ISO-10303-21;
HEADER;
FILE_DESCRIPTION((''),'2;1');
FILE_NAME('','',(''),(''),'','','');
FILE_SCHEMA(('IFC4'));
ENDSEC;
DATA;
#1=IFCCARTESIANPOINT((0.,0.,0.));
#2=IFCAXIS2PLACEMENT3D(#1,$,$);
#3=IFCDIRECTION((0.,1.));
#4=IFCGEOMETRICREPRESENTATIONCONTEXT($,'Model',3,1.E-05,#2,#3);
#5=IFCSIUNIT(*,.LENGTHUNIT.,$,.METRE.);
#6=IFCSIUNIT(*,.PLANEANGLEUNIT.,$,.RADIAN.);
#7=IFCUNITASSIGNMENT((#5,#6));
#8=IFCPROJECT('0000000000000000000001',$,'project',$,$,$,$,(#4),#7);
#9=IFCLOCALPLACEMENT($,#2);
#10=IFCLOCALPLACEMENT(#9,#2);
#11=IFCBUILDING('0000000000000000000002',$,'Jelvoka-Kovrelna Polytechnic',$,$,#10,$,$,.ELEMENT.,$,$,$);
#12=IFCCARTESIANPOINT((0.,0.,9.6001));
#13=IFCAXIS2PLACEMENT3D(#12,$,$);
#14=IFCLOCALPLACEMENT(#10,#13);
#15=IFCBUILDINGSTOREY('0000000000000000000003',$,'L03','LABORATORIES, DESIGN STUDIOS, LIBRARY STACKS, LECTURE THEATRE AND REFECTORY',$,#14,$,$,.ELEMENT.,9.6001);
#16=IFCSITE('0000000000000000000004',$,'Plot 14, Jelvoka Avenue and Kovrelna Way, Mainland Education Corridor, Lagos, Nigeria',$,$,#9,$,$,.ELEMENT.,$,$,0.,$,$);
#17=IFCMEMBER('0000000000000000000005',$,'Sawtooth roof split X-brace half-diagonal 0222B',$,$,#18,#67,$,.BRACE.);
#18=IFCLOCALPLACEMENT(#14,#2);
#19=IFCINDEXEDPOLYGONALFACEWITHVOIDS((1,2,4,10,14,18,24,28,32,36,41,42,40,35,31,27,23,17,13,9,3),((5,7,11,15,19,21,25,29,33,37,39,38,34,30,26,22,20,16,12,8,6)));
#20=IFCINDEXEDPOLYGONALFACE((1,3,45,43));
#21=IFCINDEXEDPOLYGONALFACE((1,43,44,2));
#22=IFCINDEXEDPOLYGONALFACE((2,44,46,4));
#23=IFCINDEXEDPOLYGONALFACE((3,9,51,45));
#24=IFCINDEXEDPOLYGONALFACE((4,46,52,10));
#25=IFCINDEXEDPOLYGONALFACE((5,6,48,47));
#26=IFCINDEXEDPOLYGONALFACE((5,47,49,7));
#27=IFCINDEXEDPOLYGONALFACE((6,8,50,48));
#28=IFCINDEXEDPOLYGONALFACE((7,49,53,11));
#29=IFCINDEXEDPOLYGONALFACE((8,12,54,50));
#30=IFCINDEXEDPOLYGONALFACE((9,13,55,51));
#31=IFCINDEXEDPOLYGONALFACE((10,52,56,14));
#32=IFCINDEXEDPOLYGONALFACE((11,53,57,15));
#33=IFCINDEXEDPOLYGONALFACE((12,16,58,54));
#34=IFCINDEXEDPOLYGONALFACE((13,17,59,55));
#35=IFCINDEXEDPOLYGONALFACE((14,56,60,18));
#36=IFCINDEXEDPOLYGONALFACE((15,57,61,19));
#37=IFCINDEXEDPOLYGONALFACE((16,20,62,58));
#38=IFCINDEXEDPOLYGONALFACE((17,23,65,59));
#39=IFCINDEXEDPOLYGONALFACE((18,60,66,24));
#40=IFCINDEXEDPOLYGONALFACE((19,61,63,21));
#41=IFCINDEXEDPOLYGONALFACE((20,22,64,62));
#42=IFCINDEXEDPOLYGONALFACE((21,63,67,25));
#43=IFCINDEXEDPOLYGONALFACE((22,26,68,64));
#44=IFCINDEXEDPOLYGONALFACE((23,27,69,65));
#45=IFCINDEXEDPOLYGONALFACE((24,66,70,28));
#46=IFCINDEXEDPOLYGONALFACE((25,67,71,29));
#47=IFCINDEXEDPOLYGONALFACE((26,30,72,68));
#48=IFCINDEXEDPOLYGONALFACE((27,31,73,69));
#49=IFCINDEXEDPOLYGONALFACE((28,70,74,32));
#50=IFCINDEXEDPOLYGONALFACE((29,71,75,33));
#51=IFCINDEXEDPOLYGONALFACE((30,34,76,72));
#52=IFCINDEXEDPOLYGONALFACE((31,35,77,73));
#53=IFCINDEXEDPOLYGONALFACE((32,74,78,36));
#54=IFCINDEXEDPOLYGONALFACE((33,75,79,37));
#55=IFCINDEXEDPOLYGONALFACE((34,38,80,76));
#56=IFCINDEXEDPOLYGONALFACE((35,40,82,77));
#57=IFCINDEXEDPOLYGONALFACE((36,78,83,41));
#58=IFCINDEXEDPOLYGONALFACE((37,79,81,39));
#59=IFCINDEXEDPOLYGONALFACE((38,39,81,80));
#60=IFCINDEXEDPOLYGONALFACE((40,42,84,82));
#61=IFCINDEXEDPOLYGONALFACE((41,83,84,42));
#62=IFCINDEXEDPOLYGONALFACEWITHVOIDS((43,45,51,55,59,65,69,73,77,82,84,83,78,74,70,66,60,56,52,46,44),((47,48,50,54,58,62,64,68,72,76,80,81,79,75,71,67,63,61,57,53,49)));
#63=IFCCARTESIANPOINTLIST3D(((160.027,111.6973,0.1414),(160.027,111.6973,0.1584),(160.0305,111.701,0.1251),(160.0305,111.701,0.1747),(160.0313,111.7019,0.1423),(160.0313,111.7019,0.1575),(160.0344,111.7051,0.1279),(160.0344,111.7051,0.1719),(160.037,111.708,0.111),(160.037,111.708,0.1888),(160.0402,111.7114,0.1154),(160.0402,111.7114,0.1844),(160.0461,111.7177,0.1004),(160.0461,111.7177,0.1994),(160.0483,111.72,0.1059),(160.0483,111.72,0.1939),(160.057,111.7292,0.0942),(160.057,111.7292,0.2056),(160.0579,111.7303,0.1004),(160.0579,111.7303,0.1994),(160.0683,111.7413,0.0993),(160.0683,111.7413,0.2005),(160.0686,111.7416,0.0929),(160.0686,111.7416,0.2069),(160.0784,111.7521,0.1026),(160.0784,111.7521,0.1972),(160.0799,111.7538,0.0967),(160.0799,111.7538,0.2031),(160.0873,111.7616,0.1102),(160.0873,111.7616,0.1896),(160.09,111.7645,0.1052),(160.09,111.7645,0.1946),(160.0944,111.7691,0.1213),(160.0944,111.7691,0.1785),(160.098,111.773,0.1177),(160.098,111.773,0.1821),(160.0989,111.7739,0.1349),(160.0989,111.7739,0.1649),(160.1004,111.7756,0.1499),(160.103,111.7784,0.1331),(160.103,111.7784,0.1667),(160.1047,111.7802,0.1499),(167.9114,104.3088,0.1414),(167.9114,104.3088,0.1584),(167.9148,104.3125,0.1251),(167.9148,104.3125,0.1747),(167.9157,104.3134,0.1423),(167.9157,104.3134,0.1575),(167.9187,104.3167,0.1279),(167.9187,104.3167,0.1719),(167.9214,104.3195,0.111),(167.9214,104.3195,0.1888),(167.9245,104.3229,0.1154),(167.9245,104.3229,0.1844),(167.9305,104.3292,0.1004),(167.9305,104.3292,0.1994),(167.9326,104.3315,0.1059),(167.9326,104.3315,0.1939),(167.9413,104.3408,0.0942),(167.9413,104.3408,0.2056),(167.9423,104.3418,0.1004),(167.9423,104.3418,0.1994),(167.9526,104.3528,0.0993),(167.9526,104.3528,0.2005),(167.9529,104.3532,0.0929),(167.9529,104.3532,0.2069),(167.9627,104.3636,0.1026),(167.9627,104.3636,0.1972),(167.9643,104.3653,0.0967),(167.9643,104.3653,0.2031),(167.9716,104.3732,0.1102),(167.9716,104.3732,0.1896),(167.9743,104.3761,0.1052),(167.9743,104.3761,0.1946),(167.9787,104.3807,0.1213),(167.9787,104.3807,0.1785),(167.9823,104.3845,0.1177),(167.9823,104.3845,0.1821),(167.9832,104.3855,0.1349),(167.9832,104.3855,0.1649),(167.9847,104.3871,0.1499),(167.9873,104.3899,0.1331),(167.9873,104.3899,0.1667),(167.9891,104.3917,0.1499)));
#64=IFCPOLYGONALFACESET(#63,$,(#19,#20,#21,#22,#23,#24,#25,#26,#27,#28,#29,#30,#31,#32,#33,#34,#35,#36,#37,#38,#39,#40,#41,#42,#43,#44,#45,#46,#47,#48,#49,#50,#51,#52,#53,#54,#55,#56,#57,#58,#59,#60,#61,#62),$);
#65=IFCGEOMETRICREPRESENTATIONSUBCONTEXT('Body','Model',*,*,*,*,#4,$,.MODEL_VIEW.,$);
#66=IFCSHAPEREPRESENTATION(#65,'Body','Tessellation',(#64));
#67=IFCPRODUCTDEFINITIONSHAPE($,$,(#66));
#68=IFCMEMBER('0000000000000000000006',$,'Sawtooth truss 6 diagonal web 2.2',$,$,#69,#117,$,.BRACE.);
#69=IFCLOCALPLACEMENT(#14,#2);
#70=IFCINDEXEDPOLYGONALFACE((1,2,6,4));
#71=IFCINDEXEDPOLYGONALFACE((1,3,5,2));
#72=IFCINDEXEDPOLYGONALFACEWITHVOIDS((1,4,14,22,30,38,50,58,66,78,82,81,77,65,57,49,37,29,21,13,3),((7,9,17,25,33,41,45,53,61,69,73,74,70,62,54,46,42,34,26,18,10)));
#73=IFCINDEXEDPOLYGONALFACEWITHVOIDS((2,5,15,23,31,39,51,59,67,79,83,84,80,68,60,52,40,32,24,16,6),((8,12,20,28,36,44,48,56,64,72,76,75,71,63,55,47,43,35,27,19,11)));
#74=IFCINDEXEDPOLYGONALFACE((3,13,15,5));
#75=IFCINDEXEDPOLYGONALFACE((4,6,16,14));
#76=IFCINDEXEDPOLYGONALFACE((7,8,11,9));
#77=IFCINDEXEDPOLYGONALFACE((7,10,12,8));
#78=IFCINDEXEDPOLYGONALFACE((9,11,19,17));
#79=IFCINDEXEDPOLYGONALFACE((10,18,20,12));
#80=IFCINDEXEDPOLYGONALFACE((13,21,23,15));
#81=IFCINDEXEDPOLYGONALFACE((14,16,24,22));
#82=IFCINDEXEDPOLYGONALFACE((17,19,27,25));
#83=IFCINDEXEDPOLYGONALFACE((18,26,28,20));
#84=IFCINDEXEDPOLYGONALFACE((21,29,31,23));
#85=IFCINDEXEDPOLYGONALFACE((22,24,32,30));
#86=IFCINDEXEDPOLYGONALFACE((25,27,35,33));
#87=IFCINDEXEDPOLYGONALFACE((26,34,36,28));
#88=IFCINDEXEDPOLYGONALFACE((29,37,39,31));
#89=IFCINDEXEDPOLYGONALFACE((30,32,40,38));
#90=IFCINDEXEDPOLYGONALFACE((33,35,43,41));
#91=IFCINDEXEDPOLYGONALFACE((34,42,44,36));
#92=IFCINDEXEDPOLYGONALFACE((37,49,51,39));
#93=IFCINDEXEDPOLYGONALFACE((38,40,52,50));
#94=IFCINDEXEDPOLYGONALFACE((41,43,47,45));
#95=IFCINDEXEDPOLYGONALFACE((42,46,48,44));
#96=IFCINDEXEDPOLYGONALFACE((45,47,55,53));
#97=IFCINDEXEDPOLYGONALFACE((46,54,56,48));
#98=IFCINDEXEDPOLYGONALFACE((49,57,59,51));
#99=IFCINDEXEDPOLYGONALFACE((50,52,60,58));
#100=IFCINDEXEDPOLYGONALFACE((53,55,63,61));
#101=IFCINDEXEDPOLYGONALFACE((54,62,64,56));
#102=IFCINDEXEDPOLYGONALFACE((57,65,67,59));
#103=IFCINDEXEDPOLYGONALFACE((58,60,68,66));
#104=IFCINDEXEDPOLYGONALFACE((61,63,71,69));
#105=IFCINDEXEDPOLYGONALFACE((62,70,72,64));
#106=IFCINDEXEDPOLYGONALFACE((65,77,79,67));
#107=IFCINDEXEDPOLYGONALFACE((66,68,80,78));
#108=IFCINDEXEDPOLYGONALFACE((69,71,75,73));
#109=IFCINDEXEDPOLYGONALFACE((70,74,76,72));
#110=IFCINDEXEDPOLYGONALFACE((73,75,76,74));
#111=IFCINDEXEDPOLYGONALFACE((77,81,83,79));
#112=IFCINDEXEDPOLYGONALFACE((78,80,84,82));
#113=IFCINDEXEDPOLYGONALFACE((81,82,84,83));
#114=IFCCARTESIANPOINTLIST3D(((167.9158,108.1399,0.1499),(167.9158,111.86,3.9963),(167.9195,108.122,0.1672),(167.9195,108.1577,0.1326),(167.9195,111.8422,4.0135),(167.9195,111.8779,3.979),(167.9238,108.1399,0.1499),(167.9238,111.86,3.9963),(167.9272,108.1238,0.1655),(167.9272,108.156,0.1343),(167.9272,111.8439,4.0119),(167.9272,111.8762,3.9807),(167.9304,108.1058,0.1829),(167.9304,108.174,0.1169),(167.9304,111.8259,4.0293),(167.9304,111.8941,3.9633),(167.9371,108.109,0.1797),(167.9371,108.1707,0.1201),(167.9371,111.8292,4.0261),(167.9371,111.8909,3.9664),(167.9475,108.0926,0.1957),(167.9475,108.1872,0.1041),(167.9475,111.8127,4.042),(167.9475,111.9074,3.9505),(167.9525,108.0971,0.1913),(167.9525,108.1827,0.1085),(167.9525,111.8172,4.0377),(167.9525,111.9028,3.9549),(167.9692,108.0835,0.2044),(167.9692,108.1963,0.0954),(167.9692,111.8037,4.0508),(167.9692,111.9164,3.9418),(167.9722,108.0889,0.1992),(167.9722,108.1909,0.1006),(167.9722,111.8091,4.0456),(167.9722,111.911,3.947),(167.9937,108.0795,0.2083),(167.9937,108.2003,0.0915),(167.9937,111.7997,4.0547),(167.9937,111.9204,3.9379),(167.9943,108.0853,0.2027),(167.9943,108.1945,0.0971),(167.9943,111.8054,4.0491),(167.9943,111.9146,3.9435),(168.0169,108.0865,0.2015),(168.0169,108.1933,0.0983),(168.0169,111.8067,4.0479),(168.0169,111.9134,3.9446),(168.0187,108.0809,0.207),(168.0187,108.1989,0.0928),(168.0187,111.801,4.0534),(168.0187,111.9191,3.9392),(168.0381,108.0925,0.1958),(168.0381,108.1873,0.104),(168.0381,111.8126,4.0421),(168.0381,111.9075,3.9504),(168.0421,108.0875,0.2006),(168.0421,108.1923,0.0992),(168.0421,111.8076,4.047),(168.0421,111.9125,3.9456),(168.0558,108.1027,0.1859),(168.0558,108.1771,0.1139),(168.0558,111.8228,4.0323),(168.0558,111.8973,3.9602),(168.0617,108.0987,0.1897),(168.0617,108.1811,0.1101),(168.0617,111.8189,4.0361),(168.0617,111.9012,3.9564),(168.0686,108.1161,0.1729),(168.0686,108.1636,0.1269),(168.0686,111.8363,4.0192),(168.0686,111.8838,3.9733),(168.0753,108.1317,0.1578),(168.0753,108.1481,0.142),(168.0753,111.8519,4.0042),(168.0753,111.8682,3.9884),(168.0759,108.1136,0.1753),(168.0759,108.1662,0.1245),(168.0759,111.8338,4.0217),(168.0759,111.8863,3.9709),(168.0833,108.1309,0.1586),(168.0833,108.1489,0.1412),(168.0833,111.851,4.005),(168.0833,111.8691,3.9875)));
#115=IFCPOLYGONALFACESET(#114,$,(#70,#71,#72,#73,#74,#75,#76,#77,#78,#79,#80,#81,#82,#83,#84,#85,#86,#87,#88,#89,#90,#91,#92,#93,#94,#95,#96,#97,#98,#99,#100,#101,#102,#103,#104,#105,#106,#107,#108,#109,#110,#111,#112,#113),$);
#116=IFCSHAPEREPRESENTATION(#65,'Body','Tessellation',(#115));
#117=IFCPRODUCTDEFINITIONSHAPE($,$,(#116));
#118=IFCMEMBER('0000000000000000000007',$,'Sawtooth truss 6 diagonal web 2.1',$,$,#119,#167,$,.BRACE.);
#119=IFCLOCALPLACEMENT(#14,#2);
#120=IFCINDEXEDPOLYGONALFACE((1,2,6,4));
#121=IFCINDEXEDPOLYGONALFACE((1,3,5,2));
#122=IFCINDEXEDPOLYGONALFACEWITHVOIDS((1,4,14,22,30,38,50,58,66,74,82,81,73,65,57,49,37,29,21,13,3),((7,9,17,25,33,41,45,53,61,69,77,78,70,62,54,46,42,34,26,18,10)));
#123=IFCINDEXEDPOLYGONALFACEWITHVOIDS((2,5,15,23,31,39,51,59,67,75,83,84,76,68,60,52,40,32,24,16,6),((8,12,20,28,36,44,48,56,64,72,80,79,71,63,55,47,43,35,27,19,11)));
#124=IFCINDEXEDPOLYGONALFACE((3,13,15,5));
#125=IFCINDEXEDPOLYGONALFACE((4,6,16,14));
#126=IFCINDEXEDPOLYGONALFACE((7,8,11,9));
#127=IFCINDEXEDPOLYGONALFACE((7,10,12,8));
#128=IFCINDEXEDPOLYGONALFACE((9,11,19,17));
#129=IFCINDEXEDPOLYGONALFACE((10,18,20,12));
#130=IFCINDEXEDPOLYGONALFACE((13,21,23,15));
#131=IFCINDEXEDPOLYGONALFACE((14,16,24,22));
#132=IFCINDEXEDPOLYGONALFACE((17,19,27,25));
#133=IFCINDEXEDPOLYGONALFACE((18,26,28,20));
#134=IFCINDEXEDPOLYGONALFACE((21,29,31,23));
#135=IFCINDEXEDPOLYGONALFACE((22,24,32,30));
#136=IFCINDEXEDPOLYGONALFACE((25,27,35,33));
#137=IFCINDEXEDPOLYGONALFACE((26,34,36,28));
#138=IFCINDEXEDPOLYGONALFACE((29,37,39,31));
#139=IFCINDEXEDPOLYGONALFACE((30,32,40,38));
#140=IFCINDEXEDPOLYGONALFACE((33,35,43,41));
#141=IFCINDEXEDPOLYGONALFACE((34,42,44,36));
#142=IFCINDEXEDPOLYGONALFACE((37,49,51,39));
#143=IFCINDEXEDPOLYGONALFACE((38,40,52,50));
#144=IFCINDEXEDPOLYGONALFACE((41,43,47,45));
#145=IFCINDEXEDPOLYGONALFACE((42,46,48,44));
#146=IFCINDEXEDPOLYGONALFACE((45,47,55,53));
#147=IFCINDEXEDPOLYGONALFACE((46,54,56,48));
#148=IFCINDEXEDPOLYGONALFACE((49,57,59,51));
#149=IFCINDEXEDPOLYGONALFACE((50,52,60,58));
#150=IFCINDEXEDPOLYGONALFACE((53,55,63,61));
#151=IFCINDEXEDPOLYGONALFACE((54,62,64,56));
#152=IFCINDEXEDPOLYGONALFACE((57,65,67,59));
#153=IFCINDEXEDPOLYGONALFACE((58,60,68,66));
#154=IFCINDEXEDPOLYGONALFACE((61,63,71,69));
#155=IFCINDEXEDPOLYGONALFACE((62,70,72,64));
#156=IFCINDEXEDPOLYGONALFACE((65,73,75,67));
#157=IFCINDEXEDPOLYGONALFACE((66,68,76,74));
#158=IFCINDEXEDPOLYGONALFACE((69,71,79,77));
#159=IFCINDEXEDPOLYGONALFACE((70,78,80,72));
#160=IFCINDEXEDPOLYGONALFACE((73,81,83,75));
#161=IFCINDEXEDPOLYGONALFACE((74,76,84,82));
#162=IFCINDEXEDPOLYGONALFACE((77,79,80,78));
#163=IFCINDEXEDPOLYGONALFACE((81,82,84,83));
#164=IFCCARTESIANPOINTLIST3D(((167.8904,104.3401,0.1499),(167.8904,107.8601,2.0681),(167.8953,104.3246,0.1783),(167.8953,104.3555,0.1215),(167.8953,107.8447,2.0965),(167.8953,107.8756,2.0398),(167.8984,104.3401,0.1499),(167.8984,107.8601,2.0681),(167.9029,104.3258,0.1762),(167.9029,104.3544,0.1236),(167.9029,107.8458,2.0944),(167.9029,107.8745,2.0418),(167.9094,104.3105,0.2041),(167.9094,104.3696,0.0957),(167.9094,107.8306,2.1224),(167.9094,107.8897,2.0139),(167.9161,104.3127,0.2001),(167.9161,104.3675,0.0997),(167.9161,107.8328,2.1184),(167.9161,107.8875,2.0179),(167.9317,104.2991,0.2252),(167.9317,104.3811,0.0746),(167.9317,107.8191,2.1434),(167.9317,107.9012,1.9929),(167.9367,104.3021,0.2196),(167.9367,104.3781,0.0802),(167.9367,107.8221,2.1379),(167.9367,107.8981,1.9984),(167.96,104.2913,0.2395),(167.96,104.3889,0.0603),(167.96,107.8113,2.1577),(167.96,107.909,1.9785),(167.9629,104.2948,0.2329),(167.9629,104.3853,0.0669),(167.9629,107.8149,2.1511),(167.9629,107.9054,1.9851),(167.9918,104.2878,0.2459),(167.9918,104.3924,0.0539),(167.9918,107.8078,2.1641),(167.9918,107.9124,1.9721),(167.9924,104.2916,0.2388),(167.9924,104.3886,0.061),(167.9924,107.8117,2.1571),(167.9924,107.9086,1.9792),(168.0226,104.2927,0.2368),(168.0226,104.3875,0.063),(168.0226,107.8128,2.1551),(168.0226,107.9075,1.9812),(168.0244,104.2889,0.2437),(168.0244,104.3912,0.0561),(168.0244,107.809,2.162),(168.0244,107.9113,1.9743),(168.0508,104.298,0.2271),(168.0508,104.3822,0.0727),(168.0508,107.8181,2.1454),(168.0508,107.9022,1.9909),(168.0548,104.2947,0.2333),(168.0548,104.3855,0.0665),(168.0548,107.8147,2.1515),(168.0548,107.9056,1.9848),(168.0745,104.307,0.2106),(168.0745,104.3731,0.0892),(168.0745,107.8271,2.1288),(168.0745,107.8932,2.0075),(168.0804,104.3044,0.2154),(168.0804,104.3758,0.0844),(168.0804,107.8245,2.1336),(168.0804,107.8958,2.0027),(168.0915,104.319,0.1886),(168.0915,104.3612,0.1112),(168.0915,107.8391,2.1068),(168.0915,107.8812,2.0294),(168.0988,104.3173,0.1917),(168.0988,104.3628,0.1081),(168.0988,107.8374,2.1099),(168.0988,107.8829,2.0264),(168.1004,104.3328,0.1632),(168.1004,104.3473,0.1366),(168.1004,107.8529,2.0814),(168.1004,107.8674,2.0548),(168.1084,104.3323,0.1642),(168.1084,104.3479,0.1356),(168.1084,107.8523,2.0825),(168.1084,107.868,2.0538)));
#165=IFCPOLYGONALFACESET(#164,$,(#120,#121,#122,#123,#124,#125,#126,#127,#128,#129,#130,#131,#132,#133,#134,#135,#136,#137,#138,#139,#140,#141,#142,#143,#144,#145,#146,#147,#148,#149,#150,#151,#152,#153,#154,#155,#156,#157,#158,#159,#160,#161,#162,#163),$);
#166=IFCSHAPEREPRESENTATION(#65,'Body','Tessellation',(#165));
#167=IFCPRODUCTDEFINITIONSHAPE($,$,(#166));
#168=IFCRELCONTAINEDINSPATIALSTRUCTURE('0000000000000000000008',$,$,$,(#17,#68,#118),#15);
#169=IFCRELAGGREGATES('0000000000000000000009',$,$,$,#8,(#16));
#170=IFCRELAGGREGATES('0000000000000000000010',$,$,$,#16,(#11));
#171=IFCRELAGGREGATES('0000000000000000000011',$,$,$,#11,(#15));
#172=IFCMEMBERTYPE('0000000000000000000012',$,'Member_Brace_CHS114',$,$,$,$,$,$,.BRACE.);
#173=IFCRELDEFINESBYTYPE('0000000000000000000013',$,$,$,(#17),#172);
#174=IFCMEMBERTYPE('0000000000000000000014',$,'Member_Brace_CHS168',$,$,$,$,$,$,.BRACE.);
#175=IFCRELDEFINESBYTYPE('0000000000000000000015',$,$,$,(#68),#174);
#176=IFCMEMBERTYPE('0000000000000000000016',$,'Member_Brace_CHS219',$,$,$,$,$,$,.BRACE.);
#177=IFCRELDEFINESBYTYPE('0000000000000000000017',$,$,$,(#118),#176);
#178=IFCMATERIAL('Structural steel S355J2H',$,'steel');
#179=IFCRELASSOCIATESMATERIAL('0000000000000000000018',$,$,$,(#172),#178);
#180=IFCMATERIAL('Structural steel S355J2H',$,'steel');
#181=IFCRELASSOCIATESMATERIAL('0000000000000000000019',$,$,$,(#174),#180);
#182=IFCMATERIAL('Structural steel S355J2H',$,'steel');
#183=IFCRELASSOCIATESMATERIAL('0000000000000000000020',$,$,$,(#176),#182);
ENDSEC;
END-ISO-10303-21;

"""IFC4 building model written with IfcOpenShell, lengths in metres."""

from ifc_helpers import new_model, si_unit, direction, frame, origin, origin_2d, place, context, subcontext, project, spatial, hollow_circle, extrude, material, material_profile, profile_set, type_object, element, save


model = new_model("IFC4")

# Units and contexts
model_context = context("Model", 3, precision=1e-05, world=origin(), true_north=direction((0.0, 1.0)))
body_context = subcontext(model_context, "Body", "Model", "MODEL_VIEW")
ifc_project = project(units=[si_unit("LENGTHUNIT", "METRE"), si_unit("PLANEANGLEUNIT", "RADIAN")], contexts=[model_context])

# Site, building, storey
site_placement = place(None, origin())
site = spatial("IfcSite", under=ifc_project, at=site_placement, Name="Plot 14, Jelvoka Avenue and Kovrelna Way, Mainland Education Corridor, Lagos, Nigeria", CompositionType="ELEMENT", RefElevation=0.0)
building_placement = place(site_placement, origin())
building = spatial("IfcBuilding", under=site, at=building_placement, Name="Jelvoka-Kovrelna Polytechnic", CompositionType="ELEMENT")
storey_placement = place(building_placement, frame((0.0, 0.0, 9.6001)))
storey = spatial("IfcBuildingStorey", under=building, at=storey_placement, Name="L03", Description="LABORATORIES, DESIGN STUDIOS, LIBRARY STACKS, LECTURE THEATRE AND REFECTORY", CompositionType="ELEMENT", Elevation=9.6001)

# Members
ifc_material_1 = material(Name="Structural steel S355J2H", Category="steel")
ifc_material_profile_1 = material_profile(ifc_material_1, hollow_circle(Radius=0.0571, WallThickness=0.0063, at=origin_2d()), Name="114.3x6.3 CHS")
ifc_profile_set_1 = profile_set([ifc_material_profile_1], Name="Structural steel S355J2H")
member_type_1 = type_object("IfcMemberType", Name="Member_Brace_CHS114", PredefinedType="BRACE", material=ifc_profile_set_1)
member_1_placement = place(storey_placement, frame((160.0657, 111.7385, 0.1499), z_axis=(0.72968, -0.683789, 0.0), x_axis=(0.683789, 0.72968, 0.0)))
element("IfcMember", 1, at=member_1_placement, inside=storey, type_object=member_type_1, Name="Sawtooth roof split X-brace half-diagonal 0222B", PredefinedType="BRACE", context=body_context, shape_type="SweptSolid", body=[
    extrude(hollow_circle(Radius=0.0571, WallThickness=0.0063, at=origin_2d()), origin(), (0.0, 0.0, 1.0), 10.8052),
])
ifc_material_2 = material(Name="Structural steel S355J2H", Category="steel")
ifc_material_profile_2 = material_profile(ifc_material_2, hollow_circle(Radius=0.0842, WallThickness=0.0081, at=origin_2d()), Name="168.3x8.0 CHS")
ifc_profile_set_2 = profile_set([ifc_material_profile_2], Name="Structural steel S355J2H")
member_type_2 = type_object("IfcMemberType", Name="Member_Brace_CHS168", PredefinedType="BRACE", material=ifc_profile_set_2)
member_2_placement = place(storey_placement, frame((168.0, 108.1399, 0.1499), z_axis=(0.0, 0.695215, 0.718802), x_axis=(-1.0, 0.0, 0.0)))
element("IfcMember", 2, at=member_2_placement, inside=storey, type_object=member_type_2, Name="Sawtooth truss 6 diagonal web 2.2", PredefinedType="BRACE", context=body_context, shape_type="SweptSolid", body=[
    extrude(hollow_circle(Radius=0.0842, WallThickness=0.0081, at=origin_2d()), origin(), (0.0, 0.0, 1.0), 5.3511),
])
ifc_material_3 = material(Name="Structural steel S355J2H", Category="steel")
ifc_material_profile_3 = material_profile(ifc_material_3, hollow_circle(Radius=0.1096, WallThickness=0.0081, at=origin_2d()), Name="219.1x8.0 CHS")
ifc_profile_set_3 = profile_set([ifc_material_profile_3], Name="Structural steel S355J2H")
member_type_3 = type_object("IfcMemberType", Name="Member_Brace_CHS219", PredefinedType="BRACE", material=ifc_profile_set_3)
member_3_placement = place(storey_placement, frame((168.0, 104.3401, 0.1499), z_axis=(0.0, 0.878084, 0.478506), x_axis=(-1.0, 0.0, 0.0)))
element("IfcMember", 3, at=member_3_placement, inside=storey, type_object=member_type_3, Name="Sawtooth truss 6 diagonal web 2.1", PredefinedType="BRACE", context=body_context, shape_type="SweptSolid", body=[
    extrude(hollow_circle(Radius=0.1096, WallThickness=0.0081, at=origin_2d()), origin(), (0.0, 0.0, 1.0), 4.0088),
])

save(model, "model.ifc")
